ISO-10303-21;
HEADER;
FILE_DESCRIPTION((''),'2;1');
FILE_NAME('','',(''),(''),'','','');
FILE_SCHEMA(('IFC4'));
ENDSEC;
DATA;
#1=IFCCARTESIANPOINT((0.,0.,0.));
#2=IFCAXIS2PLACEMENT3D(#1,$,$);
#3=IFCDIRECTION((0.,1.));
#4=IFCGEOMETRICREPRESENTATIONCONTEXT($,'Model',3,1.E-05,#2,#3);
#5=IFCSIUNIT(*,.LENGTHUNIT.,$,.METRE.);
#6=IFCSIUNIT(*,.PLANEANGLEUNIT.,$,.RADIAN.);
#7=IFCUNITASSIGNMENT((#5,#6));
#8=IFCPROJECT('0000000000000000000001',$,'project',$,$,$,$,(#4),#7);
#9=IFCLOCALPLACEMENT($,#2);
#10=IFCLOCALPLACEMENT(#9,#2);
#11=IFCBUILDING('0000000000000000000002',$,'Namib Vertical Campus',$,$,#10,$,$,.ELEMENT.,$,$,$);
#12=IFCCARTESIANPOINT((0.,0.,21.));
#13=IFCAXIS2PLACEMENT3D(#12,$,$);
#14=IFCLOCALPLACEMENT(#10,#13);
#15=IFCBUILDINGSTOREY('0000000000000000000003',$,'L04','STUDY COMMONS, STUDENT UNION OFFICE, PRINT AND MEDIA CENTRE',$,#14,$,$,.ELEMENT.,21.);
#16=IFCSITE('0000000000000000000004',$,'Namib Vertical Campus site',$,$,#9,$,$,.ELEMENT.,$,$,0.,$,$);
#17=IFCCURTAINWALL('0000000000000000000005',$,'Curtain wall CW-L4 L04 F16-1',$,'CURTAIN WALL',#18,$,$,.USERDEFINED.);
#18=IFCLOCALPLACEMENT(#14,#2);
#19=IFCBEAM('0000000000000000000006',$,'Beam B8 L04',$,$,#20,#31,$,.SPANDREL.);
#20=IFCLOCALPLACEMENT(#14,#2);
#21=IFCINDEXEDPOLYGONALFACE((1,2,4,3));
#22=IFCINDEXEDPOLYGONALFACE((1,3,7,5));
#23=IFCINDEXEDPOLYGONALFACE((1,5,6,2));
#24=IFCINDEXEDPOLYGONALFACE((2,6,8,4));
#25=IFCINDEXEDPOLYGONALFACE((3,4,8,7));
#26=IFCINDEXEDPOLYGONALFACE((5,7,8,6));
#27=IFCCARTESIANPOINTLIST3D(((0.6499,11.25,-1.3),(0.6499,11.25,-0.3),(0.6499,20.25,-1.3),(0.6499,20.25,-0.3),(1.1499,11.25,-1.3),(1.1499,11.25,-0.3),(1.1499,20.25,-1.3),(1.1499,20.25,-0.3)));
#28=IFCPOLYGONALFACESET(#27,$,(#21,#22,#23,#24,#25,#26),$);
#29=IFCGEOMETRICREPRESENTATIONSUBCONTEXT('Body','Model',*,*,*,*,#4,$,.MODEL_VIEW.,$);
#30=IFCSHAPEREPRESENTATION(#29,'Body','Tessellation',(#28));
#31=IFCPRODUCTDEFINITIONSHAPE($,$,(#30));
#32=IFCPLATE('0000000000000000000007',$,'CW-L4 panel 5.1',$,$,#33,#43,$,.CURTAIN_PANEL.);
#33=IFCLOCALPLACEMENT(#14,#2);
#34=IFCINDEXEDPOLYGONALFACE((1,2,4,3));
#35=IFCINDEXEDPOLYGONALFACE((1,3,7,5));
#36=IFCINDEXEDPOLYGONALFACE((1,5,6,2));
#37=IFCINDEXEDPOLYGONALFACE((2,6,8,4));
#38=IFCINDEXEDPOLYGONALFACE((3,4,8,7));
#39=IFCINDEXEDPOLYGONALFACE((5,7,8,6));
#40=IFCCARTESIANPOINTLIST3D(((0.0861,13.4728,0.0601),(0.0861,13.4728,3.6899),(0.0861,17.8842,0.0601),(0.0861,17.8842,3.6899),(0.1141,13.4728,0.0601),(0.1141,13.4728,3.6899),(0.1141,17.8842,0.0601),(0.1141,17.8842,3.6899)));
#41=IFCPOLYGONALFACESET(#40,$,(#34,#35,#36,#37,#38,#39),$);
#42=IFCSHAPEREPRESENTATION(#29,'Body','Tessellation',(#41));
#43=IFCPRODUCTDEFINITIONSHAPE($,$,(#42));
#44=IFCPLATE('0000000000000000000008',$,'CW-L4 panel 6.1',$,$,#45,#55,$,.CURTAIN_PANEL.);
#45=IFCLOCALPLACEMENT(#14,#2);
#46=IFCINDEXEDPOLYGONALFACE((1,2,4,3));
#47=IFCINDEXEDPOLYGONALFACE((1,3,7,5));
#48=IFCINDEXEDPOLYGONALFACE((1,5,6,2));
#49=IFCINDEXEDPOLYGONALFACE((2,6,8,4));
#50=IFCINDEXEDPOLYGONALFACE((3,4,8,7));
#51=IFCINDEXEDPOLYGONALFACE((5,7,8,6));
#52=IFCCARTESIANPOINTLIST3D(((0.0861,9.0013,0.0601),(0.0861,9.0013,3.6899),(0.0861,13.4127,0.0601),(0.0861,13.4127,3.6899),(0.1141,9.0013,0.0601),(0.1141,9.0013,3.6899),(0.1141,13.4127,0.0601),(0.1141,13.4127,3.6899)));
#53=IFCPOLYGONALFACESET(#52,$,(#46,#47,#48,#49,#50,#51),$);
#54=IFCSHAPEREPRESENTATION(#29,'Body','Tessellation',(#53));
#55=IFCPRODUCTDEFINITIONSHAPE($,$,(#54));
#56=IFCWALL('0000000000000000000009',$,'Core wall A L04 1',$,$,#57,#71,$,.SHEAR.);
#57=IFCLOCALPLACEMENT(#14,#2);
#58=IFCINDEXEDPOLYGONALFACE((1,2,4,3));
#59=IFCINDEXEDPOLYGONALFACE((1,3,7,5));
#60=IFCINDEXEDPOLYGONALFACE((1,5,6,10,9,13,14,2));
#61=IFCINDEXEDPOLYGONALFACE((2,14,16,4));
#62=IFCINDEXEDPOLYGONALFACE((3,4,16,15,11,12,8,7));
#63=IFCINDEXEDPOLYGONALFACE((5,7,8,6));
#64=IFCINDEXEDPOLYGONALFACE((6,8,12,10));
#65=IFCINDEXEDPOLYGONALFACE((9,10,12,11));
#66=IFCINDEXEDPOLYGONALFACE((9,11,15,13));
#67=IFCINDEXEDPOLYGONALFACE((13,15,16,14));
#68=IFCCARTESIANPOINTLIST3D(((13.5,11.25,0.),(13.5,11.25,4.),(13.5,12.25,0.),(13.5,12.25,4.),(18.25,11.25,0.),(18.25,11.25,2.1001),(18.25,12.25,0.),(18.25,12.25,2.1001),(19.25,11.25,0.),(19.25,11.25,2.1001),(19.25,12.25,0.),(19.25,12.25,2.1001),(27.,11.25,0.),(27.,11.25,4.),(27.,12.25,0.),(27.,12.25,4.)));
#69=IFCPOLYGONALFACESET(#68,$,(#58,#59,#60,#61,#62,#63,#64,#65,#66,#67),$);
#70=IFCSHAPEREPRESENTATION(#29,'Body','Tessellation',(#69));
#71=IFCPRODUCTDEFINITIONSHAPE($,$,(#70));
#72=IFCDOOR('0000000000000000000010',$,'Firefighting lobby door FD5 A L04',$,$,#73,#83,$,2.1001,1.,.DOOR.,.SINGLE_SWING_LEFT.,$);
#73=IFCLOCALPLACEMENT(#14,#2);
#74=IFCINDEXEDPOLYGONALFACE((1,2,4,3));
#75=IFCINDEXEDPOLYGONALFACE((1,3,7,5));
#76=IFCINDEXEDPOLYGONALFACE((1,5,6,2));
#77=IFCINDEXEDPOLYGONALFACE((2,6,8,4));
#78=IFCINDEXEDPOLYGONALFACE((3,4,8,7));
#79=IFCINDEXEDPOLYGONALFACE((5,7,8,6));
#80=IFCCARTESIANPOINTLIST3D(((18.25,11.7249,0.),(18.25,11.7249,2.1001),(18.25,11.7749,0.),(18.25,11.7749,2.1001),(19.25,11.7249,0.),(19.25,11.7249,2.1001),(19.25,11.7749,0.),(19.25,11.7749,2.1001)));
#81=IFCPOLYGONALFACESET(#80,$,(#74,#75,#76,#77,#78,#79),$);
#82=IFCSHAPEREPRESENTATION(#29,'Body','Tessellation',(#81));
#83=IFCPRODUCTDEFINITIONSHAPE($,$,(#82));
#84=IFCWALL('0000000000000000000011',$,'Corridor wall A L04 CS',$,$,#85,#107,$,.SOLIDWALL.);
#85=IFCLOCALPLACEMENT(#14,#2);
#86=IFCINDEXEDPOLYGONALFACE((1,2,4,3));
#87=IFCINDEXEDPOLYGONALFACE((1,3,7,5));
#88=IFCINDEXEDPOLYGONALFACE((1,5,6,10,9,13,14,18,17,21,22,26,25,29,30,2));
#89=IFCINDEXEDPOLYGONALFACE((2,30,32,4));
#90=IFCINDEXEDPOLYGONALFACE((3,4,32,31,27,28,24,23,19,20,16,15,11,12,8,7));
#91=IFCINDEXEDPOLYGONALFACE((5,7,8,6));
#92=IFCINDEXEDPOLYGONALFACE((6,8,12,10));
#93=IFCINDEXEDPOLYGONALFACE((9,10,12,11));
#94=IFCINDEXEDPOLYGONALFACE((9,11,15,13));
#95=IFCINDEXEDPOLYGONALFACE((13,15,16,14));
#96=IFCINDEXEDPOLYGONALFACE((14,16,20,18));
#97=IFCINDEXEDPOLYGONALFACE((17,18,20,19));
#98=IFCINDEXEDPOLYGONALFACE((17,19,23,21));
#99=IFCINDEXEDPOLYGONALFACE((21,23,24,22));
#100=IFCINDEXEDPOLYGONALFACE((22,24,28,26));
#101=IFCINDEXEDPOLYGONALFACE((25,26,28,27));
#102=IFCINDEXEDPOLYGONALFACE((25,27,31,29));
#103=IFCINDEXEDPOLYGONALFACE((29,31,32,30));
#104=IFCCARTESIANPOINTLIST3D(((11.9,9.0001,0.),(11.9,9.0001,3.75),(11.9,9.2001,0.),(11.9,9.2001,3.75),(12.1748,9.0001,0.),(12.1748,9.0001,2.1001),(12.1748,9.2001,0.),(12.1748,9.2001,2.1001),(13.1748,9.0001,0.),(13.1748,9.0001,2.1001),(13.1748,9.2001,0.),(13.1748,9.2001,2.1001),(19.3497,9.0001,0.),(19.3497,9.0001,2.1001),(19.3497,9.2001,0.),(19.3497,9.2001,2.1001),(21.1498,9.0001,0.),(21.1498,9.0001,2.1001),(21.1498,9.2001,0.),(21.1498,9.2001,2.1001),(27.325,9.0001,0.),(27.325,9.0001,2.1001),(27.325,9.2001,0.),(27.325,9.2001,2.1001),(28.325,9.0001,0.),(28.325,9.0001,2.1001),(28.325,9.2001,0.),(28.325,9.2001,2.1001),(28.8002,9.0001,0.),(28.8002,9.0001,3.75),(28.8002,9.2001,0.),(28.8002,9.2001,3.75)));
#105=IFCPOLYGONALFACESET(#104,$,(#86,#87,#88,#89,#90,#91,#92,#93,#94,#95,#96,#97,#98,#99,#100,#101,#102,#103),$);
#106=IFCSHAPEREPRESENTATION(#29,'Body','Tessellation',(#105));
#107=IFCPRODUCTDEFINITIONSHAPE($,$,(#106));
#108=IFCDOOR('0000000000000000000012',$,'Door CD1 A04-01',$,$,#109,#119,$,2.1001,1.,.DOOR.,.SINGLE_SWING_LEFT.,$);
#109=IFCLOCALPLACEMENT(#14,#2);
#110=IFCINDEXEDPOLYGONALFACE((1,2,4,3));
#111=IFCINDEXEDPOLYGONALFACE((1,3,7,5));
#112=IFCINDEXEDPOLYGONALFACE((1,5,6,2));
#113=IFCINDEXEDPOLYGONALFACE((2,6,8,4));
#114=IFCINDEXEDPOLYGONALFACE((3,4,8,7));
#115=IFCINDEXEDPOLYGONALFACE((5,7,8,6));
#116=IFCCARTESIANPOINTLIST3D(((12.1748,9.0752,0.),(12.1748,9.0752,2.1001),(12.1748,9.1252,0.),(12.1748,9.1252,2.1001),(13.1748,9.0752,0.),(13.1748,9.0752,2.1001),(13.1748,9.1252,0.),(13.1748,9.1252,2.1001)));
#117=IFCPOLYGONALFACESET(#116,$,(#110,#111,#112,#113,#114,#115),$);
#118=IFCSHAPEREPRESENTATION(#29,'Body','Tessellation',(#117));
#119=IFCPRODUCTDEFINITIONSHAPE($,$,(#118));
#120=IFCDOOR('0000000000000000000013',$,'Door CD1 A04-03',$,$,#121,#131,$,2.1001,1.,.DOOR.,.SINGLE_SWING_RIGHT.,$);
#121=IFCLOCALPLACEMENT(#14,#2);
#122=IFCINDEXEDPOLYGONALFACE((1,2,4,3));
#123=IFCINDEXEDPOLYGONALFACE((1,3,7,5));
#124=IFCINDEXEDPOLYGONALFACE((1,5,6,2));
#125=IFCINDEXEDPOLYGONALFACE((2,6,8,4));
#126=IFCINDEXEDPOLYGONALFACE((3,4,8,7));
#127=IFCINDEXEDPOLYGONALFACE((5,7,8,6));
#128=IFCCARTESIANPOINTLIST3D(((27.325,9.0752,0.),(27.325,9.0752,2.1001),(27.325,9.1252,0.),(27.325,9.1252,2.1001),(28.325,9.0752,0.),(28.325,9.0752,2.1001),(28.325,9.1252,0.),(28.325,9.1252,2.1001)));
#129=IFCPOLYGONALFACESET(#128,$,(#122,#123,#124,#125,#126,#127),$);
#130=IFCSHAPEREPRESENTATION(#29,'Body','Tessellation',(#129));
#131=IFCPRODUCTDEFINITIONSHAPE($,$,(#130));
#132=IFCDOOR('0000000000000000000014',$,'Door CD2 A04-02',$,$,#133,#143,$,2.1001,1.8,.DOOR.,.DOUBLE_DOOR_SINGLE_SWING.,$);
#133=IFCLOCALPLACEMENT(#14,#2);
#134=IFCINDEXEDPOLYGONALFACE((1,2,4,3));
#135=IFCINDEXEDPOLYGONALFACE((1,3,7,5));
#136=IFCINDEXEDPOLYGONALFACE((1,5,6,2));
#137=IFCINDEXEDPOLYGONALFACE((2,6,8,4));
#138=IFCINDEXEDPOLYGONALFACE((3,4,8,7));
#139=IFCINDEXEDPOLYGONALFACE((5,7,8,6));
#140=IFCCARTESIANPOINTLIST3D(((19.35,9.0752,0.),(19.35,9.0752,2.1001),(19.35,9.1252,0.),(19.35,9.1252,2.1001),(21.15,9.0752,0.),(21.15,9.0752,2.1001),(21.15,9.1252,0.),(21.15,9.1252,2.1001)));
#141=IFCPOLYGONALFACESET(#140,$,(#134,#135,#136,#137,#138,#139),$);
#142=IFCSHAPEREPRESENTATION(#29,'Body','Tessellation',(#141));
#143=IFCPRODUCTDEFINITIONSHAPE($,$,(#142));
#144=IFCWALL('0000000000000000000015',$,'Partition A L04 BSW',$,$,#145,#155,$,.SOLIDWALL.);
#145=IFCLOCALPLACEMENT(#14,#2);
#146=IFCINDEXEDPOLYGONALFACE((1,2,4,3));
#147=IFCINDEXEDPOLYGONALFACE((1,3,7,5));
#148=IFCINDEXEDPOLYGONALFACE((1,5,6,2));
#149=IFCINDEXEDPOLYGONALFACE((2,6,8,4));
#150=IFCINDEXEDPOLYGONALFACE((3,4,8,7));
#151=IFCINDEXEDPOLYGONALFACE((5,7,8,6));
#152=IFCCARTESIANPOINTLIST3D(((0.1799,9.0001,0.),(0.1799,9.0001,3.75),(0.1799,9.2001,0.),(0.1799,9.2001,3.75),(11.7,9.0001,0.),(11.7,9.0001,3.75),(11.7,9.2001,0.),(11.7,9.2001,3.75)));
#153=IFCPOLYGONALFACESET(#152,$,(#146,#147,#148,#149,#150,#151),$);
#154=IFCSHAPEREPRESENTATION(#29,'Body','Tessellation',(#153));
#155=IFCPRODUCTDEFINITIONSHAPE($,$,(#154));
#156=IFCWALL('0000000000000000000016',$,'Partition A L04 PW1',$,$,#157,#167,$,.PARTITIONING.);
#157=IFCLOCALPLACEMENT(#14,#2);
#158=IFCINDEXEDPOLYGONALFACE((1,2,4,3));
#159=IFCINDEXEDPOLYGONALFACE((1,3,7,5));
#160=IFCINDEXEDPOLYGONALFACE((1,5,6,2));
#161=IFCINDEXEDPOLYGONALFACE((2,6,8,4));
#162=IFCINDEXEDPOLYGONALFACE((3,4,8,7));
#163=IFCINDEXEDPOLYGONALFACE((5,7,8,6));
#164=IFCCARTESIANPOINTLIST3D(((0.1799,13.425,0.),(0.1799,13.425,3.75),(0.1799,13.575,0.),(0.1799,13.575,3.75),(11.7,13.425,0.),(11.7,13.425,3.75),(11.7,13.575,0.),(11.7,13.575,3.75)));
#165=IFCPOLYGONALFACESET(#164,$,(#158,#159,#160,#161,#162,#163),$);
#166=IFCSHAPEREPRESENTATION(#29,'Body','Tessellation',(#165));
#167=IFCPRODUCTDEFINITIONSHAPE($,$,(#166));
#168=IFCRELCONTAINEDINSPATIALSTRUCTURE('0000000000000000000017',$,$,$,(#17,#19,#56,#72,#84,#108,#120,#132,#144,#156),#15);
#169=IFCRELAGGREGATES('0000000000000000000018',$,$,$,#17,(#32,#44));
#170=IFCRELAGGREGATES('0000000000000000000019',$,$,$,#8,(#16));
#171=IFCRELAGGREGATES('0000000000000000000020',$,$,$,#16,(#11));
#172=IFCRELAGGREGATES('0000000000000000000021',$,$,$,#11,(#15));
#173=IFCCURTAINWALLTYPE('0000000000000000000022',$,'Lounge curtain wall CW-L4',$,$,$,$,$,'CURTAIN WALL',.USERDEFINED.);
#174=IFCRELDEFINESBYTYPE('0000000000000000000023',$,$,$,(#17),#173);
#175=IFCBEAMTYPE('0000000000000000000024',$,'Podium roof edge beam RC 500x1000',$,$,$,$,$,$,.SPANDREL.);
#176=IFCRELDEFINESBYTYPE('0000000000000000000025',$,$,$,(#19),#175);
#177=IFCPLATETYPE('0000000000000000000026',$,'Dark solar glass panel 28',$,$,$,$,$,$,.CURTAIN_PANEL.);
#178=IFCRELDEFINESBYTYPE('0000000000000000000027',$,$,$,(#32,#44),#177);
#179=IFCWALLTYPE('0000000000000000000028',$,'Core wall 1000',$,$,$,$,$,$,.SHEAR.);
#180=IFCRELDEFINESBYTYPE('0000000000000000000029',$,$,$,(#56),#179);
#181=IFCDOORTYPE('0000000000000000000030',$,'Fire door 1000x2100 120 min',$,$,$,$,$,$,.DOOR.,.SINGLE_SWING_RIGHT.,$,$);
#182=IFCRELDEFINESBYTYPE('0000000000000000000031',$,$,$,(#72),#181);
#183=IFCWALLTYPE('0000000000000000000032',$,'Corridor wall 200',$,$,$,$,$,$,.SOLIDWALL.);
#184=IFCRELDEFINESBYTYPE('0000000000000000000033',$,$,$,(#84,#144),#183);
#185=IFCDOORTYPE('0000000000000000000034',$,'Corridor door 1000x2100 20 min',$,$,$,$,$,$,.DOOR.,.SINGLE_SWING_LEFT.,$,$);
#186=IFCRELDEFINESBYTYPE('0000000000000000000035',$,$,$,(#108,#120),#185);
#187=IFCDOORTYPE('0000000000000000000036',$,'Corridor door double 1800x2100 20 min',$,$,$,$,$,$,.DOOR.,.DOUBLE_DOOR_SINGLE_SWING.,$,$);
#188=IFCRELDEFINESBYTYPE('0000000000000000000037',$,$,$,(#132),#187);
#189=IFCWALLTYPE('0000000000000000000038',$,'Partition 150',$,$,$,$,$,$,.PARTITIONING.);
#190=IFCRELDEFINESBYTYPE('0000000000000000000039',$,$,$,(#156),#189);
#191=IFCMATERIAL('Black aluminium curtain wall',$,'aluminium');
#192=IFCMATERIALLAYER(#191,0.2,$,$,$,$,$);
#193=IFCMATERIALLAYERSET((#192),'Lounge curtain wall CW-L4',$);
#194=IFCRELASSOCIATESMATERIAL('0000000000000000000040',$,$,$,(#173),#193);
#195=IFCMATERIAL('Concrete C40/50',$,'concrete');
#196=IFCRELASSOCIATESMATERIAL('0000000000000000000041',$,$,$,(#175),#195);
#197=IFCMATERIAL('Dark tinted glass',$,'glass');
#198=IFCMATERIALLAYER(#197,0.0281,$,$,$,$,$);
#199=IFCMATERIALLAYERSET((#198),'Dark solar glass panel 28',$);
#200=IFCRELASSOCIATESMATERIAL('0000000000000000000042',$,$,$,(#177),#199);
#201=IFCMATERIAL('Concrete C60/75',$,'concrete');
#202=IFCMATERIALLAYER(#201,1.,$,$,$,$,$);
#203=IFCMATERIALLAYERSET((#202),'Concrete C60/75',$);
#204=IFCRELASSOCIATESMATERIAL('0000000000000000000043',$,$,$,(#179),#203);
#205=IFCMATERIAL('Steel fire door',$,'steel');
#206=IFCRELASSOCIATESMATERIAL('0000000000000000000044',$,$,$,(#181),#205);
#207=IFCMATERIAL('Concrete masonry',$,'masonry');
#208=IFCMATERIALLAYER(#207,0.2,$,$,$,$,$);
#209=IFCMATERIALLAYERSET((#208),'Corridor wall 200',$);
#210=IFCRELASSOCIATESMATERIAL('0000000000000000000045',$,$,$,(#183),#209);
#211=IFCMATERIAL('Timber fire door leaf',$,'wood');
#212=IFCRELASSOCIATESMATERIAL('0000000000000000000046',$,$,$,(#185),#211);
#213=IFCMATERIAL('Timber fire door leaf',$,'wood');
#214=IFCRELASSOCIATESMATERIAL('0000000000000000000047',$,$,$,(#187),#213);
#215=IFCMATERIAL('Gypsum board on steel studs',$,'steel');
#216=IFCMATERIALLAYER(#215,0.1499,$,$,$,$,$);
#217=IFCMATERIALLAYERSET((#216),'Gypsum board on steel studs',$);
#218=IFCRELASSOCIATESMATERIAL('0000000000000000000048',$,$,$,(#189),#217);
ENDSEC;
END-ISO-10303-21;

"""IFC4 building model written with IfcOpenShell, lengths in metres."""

from ifc_helpers import new_model, si_unit, direction, frame, frame_2d, origin, origin_2d, place, context, subcontext, project, spatial, rectangle, extrude, material, layer, layer_set, material_profile, profile_set, type_object, element, fill, aggregate, save


model = new_model("IFC4")

# Units and contexts
model_context = context("Model", 3, precision=1e-05, world=origin(), true_north=direction((0.0, 1.0)))
body_context = subcontext(model_context, "Body", "Model", "MODEL_VIEW")
ifc_project = project(units=[si_unit("LENGTHUNIT", "METRE"), si_unit("PLANEANGLEUNIT", "RADIAN")], contexts=[model_context])

# Site, building, storey
site_placement = place(None, origin())
site = spatial("IfcSite", under=ifc_project, at=site_placement, Name="Namib Vertical Campus site", CompositionType="ELEMENT", RefElevation=0.0)
building_placement = place(site_placement, origin())
building = spatial("IfcBuilding", under=site, at=building_placement, Name="Namib Vertical Campus", CompositionType="ELEMENT")
storey_placement = place(building_placement, frame((0.0, 0.0, 21.0)))
storey = spatial("IfcBuildingStorey", under=building, at=storey_placement, Name="L04", Description="STUDY COMMONS, STUDENT UNION OFFICE, PRINT AND MEDIA CENTRE", CompositionType="ELEMENT", Elevation=21.0)

# Curtain wall
ifc_material_1 = material(Name="Black aluminium curtain wall", Category="aluminium")
ifc_layer_1 = layer(ifc_material_1, 0.2)
ifc_layer_set_1 = layer_set([ifc_layer_1], Name="Lounge curtain wall CW-L4")
curtain_wall_type = type_object("IfcCurtainWallType", Name="Lounge curtain wall CW-L4", ElementType="CURTAIN WALL", PredefinedType="USERDEFINED", material=ifc_layer_set_1)
curtain_wall_placement = place(storey_placement, origin())
curtain_wall = element("IfcCurtainWall", 1, at=curtain_wall_placement, inside=storey, type_object=curtain_wall_type, Name="Curtain wall CW-L4 L04 F16-1", ObjectType="CURTAIN WALL", PredefinedType="USERDEFINED")

# Beam
ifc_material_2 = material(Name="Concrete C40/50", Category="concrete")
ifc_material_profile_1 = material_profile(ifc_material_2, rectangle(XDim=0.5, YDim=1.0, at=origin_2d()))
ifc_profile_set_1 = profile_set([ifc_material_profile_1], Name="Concrete C40/50")
beam_type_1 = type_object("IfcBeamType", Name="Podium roof edge beam RC 500x1000", PredefinedType="SPANDREL", material=ifc_profile_set_1)
beam_1_placement = place(storey_placement, frame((0.8999, 11.25, -0.8), z_axis=(0.0, 1.0, 0.0), x_axis=(-1.0, 0.0, 0.0)))
element("IfcBeam", 2, at=beam_1_placement, inside=storey, type_object=beam_type_1, Name="Beam B8 L04", PredefinedType="SPANDREL", context=body_context, shape_type="SweptSolid", body=[
    extrude(rectangle(XDim=0.5, YDim=1.0, at=origin_2d()), origin(), (0.0, 0.0, 1.0), 9.0),
])

# Plates
ifc_material_3 = material(Name="Dark tinted glass", Category="glass")
ifc_layer_2 = layer(ifc_material_3, 0.0281)
ifc_layer_set_2 = layer_set([ifc_layer_2], Name="Dark solar glass panel 28")
plate_type = type_object("IfcPlateType", Name="Dark solar glass panel 28", PredefinedType="CURTAIN_PANEL", material=ifc_layer_set_2)
plate_1_placement = place(storey_placement, frame((0.1001, 15.6785, 0.0601), z_axis=(0.0, 0.0, 1.0), x_axis=(0.0, -1.0, 0.0)))
plate_1 = element("IfcPlate", 3, at=plate_1_placement, type_object=plate_type, Name="CW-L4 panel 5.1", PredefinedType="CURTAIN_PANEL", context=body_context, shape_type="SweptSolid", body=[
    extrude(rectangle(XDim=4.4114, YDim=0.0281, at=origin_2d()), origin(), (0.0, 0.0, 1.0), 3.6299),
])
plate_2_placement = place(storey_placement, frame((0.1001, 11.207, 0.0601), z_axis=(0.0, 0.0, 1.0), x_axis=(0.0, -1.0, 0.0)))
plate_2 = element("IfcPlate", 4, at=plate_2_placement, type_object=plate_type, Name="CW-L4 panel 6.1", PredefinedType="CURTAIN_PANEL", context=body_context, shape_type="SweptSolid", body=[
    extrude(rectangle(XDim=4.4114, YDim=0.0281, at=origin_2d()), origin(), (0.0, 0.0, 1.0), 3.6299),
])
aggregate(curtain_wall, [plate_1, plate_2])

# Wall, opening, door
ifc_material_4 = material(Name="Concrete C60/75", Category="concrete")
ifc_layer_3 = layer(ifc_material_4, 1.0)
ifc_layer_set_3 = layer_set([ifc_layer_3], Name="Concrete C60/75")
wall_type_1 = type_object("IfcWallType", Name="Core wall 1000", PredefinedType="SHEAR", material=ifc_layer_set_3)
wall_1_placement = place(storey_placement, frame((13.5, 11.75, 0.0), z_axis=(0.0, 0.0, 1.0), x_axis=(1.0, 0.0, 0.0)))
wall_1 = element("IfcWall", 5, at=wall_1_placement, inside=storey, type_object=wall_type_1, Name="Core wall A L04 1", PredefinedType="SHEAR", context=body_context, shape_type="SweptSolid", body=[
    extrude(rectangle(XDim=13.5, YDim=1.0, at=frame_2d((6.75, 0.0))), origin(), (0.0, 0.0, 1.0), 4.0),
])
opening_1_placement = place(wall_1_placement, frame((4.75, 0.0, 0.0)))
opening_1 = element("IfcOpeningElement", 6, at=opening_1_placement, cuts=wall_1, PredefinedType="OPENING", context=body_context, shape_type="SweptSolid", body=[
    extrude(rectangle(XDim=1.0, YDim=2.1001, at=frame_2d((0.5, 1.05))), frame((0.0, 0.51, 0.0), z_axis=(0.0, -1.0, 0.0), x_axis=(1.0, 0.0, 0.0)), (0.0, 0.0, 1.0), 1.02),
])
ifc_material_5 = material(Name="Steel fire door", Category="steel")
door_type_1 = type_object("IfcDoorType", Name="Fire door 1000x2100 120 min", OperationType="SINGLE_SWING_RIGHT", PredefinedType="DOOR", material=ifc_material_5)
door_1_placement = place(opening_1_placement, origin())
door_1 = element("IfcDoor", 7, at=door_1_placement, inside=storey, type_object=door_type_1, Name="Firefighting lobby door FD5 A L04", OperationType="SINGLE_SWING_LEFT", OverallHeight=2.1001, OverallWidth=1.0, PredefinedType="DOOR", context=body_context, shape_type="SweptSolid", body=[
    extrude(rectangle(XDim=1.0, YDim=2.1001, at=frame_2d((0.5, 1.05))), frame((0.0, 0.0249, 0.0), z_axis=(0.0, -1.0, 0.0), x_axis=(1.0, 0.0, 0.0)), (0.0, 0.0, 1.0), 0.05),
])
fill(opening_1, door_1)

# Wall, openings, doors
ifc_material_6 = material(Name="Concrete masonry", Category="masonry")
ifc_layer_4 = layer(ifc_material_6, 0.2)
ifc_layer_set_4 = layer_set([ifc_layer_4], Name="Corridor wall 200")
wall_type_2 = type_object("IfcWallType", Name="Corridor wall 200", PredefinedType="SOLIDWALL", material=ifc_layer_set_4)
wall_2_placement = place(storey_placement, frame((11.8999, 9.1001, 0.0), z_axis=(0.0, 0.0, 1.0), x_axis=(1.0, 0.0, 0.0)))
wall_2 = element("IfcWall", 8, at=wall_2_placement, inside=storey, type_object=wall_type_2, Name="Corridor wall A L04 CS", PredefinedType="SOLIDWALL", context=body_context, shape_type="SweptSolid", body=[
    extrude(rectangle(XDim=16.9001, YDim=0.2, at=frame_2d((8.4502, 0.0))), origin(), (0.0, 0.0, 1.0), 3.75),
])
opening_2_placement = place(wall_2_placement, frame((0.2749, 0.0, 0.0)))
opening_2 = element("IfcOpeningElement", 9, at=opening_2_placement, cuts=wall_2, PredefinedType="OPENING", context=body_context, shape_type="SweptSolid", body=[
    extrude(rectangle(XDim=1.0, YDim=2.1001, at=frame_2d((0.5, 1.05))), frame((0.0, 0.1099, 0.0), z_axis=(0.0, -1.0, 0.0), x_axis=(1.0, 0.0, 0.0)), (0.0, 0.0, 1.0), 0.22),
])
opening_3_placement = place(wall_2_placement, frame((7.45, 0.0, 0.0)))
opening_3 = element("IfcOpeningElement", 10, at=opening_3_placement, cuts=wall_2, PredefinedType="OPENING", context=body_context, shape_type="SweptSolid", body=[
    extrude(rectangle(XDim=1.8, YDim=2.1001, at=frame_2d((0.8999, 1.05))), frame((0.0, 0.1099, 0.0), z_axis=(0.0, -1.0, 0.0), x_axis=(1.0, 0.0, 0.0)), (0.0, 0.0, 1.0), 0.22),
])
opening_4_placement = place(wall_2_placement, frame((15.425, 0.0, 0.0)))
opening_4 = element("IfcOpeningElement", 11, at=opening_4_placement, cuts=wall_2, PredefinedType="OPENING", context=body_context, shape_type="SweptSolid", body=[
    extrude(rectangle(XDim=1.0, YDim=2.1001, at=frame_2d((0.5, 1.05))), frame((0.0, 0.1099, 0.0), z_axis=(0.0, -1.0, 0.0), x_axis=(1.0, 0.0, 0.0)), (0.0, 0.0, 1.0), 0.22),
])
ifc_material_7 = material(Name="Timber fire door leaf", Category="wood")
door_type_2 = type_object("IfcDoorType", Name="Corridor door 1000x2100 20 min", OperationType="SINGLE_SWING_LEFT", PredefinedType="DOOR", material=ifc_material_7)
door_2_placement = place(opening_2_placement, frame((1.0, 0.0, 0.0), z_axis=(0.0, 0.0, 1.0), x_axis=(-1.0, 0.0, 0.0)))
door_2 = element("IfcDoor", 12, at=door_2_placement, inside=storey, type_object=door_type_2, Name="Door CD1 A04-01", OperationType="SINGLE_SWING_LEFT", OverallHeight=2.1001, OverallWidth=1.0, PredefinedType="DOOR", context=body_context, shape_type="SweptSolid", body=[
    extrude(rectangle(XDim=1.0, YDim=2.1001, at=frame_2d((0.5, 1.05))), frame((0.0, 0.0249, 0.0), z_axis=(0.0, -1.0, 0.0), x_axis=(1.0, 0.0, 0.0)), (0.0, 0.0, 1.0), 0.05),
])
fill(opening_2, door_2)
door_3_placement = place(opening_4_placement, frame((1.0, 0.0, 0.0), z_axis=(0.0, 0.0, 1.0), x_axis=(-1.0, 0.0, 0.0)))
door_3 = element("IfcDoor", 13, at=door_3_placement, inside=storey, type_object=door_type_2, Name="Door CD1 A04-03", OperationType="SINGLE_SWING_RIGHT", OverallHeight=2.1001, OverallWidth=1.0, PredefinedType="DOOR", context=body_context, shape_type="SweptSolid", body=[
    extrude(rectangle(XDim=1.0, YDim=2.1001, at=frame_2d((0.5, 1.05))), frame((0.0, 0.0249, 0.0), z_axis=(0.0, -1.0, 0.0), x_axis=(1.0, 0.0, 0.0)), (0.0, 0.0, 1.0), 0.05),
])
fill(opening_4, door_3)
ifc_material_8 = material(Name="Timber fire door leaf", Category="wood")
door_type_3 = type_object("IfcDoorType", Name="Corridor door double 1800x2100 20 min", OperationType="DOUBLE_DOOR_SINGLE_SWING", PredefinedType="DOOR", material=ifc_material_8)
door_4_placement = place(opening_3_placement, frame((1.8, 0.0, 0.0), z_axis=(0.0, 0.0, 1.0), x_axis=(-1.0, 0.0, 0.0)))
door_4 = element("IfcDoor", 14, at=door_4_placement, inside=storey, type_object=door_type_3, Name="Door CD2 A04-02", OperationType="DOUBLE_DOOR_SINGLE_SWING", OverallHeight=2.1001, OverallWidth=1.8, PredefinedType="DOOR", context=body_context, shape_type="SweptSolid", body=[
    extrude(rectangle(XDim=1.8, YDim=2.1001, at=frame_2d((0.8999, 1.05))), frame((0.0, 0.0249, 0.0), z_axis=(0.0, -1.0, 0.0), x_axis=(1.0, 0.0, 0.0)), (0.0, 0.0, 1.0), 0.05),
])
fill(opening_3, door_4)

# Walls
wall_3_placement = place(storey_placement, frame((0.1799, 9.1001, 0.0), z_axis=(0.0, 0.0, 1.0), x_axis=(1.0, 0.0, 0.0)))
element("IfcWall", 15, at=wall_3_placement, inside=storey, type_object=wall_type_2, Name="Partition A L04 BSW", PredefinedType="SOLIDWALL", context=body_context, shape_type="SweptSolid", body=[
    extrude(rectangle(XDim=11.52, YDim=0.2, at=frame_2d((5.76, 0.0))), origin(), (0.0, 0.0, 1.0), 3.75),
])
ifc_material_9 = material(Name="Gypsum board on steel studs", Category="steel")
ifc_layer_5 = layer(ifc_material_9, 0.1499)
ifc_layer_set_5 = layer_set([ifc_layer_5], Name="Gypsum board on steel studs")
wall_type_3 = type_object("IfcWallType", Name="Partition 150", PredefinedType="PARTITIONING", material=ifc_layer_set_5)
wall_4_placement = place(storey_placement, frame((0.1799, 13.5, 0.0), z_axis=(0.0, 0.0, 1.0), x_axis=(1.0, 0.0, 0.0)))
element("IfcWall", 16, at=wall_4_placement, inside=storey, type_object=wall_type_3, Name="Partition A L04 PW1", PredefinedType="PARTITIONING", context=body_context, shape_type="SweptSolid", body=[
    extrude(rectangle(XDim=11.52, YDim=0.1499, at=frame_2d((5.76, 0.0))), origin(), (0.0, 0.0, 1.0), 3.75),
])

save(model, "model.ifc")
